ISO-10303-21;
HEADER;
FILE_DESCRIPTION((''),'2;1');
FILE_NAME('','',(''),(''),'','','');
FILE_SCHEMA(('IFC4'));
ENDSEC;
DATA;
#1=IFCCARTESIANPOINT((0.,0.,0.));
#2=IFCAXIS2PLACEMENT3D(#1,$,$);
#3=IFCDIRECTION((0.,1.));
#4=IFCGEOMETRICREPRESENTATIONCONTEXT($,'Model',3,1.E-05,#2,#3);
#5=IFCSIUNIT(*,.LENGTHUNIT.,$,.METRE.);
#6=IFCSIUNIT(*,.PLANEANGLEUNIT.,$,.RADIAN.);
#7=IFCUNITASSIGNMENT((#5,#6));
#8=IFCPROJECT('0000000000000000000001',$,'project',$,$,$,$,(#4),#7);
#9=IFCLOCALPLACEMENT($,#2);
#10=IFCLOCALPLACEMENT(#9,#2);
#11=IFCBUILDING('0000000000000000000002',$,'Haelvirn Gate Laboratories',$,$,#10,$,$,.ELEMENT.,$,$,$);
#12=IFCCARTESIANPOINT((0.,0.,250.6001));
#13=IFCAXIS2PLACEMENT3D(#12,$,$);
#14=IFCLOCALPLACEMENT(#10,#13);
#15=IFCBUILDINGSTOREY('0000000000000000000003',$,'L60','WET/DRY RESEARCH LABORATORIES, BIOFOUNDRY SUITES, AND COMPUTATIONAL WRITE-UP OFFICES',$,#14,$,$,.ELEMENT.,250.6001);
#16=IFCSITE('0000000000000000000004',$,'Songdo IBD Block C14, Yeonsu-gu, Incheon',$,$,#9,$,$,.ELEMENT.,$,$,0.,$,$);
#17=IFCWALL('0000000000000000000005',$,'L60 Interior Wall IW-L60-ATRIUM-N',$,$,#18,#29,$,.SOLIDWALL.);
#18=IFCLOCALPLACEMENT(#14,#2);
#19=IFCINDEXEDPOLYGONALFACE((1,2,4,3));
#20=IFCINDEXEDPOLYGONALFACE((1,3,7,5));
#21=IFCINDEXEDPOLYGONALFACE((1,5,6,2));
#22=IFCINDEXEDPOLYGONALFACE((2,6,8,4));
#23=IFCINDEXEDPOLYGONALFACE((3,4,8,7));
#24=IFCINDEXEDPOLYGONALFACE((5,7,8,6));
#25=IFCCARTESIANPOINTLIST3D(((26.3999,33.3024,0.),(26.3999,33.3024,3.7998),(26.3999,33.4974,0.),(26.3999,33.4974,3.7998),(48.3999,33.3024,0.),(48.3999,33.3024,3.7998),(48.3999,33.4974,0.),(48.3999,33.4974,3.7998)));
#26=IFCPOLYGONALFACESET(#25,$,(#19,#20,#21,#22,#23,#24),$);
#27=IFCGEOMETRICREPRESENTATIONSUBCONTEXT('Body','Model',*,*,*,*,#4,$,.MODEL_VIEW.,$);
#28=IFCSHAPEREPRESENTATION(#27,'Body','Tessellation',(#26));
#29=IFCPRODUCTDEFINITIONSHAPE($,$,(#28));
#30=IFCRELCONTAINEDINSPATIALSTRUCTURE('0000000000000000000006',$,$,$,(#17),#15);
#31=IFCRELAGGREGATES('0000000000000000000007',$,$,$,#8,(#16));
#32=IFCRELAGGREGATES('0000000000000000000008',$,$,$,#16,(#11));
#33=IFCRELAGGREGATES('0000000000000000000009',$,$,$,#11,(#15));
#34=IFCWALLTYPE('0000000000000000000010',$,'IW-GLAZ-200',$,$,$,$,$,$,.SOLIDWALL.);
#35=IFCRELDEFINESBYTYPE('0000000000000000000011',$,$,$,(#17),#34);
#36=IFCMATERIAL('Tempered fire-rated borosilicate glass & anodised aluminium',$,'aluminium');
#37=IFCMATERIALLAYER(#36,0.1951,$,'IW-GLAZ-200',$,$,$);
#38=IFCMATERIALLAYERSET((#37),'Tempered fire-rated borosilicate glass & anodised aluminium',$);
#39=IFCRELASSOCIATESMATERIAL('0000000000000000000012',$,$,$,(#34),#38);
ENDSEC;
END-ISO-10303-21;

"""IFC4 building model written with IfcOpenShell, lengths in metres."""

from ifc_helpers import new_model, si_unit, direction, frame, frame_2d, origin, place, context, subcontext, project, spatial, rectangle, extrude, material, layer, layer_set, type_object, element, save


model = new_model("IFC4")

# Units and contexts
model_context = context("Model", 3, precision=1e-05, world=origin(), true_north=direction((0.0, 1.0)))
body_context = subcontext(model_context, "Body", "Model", "MODEL_VIEW")
ifc_project = project(units=[si_unit("LENGTHUNIT", "METRE"), si_unit("PLANEANGLEUNIT", "RADIAN")], contexts=[model_context])

# Site, building, storey
site_placement = place(None, origin())
site = spatial("IfcSite", under=ifc_project, at=site_placement, Name="Songdo IBD Block C14, Yeonsu-gu, Incheon", CompositionType="ELEMENT", RefElevation=0.0)
building_placement = place(site_placement, origin())
building = spatial("IfcBuilding", under=site, at=building_placement, Name="Haelvirn Gate Laboratories", CompositionType="ELEMENT")
storey_placement = place(building_placement, frame((0.0, 0.0, 250.6001)))
storey = spatial("IfcBuildingStorey", under=building, at=storey_placement, Name="L60", Description="WET/DRY RESEARCH LABORATORIES, BIOFOUNDRY SUITES, AND COMPUTATIONAL WRITE-UP OFFICES", CompositionType="ELEMENT", Elevation=250.6001)

# Wall
ifc_material_1 = material(Name="Tempered fire-rated borosilicate glass & anodised aluminium", Category="aluminium")
ifc_layer_1 = layer(ifc_material_1, 0.1951, Name="IW-GLAZ-200")
ifc_layer_set_1 = layer_set([ifc_layer_1], Name="Tempered fire-rated borosilicate glass & anodised aluminium")
wall_type_1 = type_object("IfcWallType", Name="IW-GLAZ-200", PredefinedType="SOLIDWALL", material=ifc_layer_set_1)
wall_1_placement = place(storey_placement, frame((26.3999, 33.3999, 0.0), z_axis=(0.0, 0.0, 1.0), x_axis=(1.0, 0.0, 0.0)))
element("IfcWall", 1, at=wall_1_placement, inside=storey, type_object=wall_type_1, Name="L60 Interior Wall IW-L60-ATRIUM-N", PredefinedType="SOLIDWALL", context=body_context, shape_type="SweptSolid", body=[
    extrude(rectangle(XDim=22.0, YDim=0.1951, at=frame_2d((11.0, 0.0))), origin(), (0.0, 0.0, 1.0), 3.7998),
])

save(model, "model.ifc")
